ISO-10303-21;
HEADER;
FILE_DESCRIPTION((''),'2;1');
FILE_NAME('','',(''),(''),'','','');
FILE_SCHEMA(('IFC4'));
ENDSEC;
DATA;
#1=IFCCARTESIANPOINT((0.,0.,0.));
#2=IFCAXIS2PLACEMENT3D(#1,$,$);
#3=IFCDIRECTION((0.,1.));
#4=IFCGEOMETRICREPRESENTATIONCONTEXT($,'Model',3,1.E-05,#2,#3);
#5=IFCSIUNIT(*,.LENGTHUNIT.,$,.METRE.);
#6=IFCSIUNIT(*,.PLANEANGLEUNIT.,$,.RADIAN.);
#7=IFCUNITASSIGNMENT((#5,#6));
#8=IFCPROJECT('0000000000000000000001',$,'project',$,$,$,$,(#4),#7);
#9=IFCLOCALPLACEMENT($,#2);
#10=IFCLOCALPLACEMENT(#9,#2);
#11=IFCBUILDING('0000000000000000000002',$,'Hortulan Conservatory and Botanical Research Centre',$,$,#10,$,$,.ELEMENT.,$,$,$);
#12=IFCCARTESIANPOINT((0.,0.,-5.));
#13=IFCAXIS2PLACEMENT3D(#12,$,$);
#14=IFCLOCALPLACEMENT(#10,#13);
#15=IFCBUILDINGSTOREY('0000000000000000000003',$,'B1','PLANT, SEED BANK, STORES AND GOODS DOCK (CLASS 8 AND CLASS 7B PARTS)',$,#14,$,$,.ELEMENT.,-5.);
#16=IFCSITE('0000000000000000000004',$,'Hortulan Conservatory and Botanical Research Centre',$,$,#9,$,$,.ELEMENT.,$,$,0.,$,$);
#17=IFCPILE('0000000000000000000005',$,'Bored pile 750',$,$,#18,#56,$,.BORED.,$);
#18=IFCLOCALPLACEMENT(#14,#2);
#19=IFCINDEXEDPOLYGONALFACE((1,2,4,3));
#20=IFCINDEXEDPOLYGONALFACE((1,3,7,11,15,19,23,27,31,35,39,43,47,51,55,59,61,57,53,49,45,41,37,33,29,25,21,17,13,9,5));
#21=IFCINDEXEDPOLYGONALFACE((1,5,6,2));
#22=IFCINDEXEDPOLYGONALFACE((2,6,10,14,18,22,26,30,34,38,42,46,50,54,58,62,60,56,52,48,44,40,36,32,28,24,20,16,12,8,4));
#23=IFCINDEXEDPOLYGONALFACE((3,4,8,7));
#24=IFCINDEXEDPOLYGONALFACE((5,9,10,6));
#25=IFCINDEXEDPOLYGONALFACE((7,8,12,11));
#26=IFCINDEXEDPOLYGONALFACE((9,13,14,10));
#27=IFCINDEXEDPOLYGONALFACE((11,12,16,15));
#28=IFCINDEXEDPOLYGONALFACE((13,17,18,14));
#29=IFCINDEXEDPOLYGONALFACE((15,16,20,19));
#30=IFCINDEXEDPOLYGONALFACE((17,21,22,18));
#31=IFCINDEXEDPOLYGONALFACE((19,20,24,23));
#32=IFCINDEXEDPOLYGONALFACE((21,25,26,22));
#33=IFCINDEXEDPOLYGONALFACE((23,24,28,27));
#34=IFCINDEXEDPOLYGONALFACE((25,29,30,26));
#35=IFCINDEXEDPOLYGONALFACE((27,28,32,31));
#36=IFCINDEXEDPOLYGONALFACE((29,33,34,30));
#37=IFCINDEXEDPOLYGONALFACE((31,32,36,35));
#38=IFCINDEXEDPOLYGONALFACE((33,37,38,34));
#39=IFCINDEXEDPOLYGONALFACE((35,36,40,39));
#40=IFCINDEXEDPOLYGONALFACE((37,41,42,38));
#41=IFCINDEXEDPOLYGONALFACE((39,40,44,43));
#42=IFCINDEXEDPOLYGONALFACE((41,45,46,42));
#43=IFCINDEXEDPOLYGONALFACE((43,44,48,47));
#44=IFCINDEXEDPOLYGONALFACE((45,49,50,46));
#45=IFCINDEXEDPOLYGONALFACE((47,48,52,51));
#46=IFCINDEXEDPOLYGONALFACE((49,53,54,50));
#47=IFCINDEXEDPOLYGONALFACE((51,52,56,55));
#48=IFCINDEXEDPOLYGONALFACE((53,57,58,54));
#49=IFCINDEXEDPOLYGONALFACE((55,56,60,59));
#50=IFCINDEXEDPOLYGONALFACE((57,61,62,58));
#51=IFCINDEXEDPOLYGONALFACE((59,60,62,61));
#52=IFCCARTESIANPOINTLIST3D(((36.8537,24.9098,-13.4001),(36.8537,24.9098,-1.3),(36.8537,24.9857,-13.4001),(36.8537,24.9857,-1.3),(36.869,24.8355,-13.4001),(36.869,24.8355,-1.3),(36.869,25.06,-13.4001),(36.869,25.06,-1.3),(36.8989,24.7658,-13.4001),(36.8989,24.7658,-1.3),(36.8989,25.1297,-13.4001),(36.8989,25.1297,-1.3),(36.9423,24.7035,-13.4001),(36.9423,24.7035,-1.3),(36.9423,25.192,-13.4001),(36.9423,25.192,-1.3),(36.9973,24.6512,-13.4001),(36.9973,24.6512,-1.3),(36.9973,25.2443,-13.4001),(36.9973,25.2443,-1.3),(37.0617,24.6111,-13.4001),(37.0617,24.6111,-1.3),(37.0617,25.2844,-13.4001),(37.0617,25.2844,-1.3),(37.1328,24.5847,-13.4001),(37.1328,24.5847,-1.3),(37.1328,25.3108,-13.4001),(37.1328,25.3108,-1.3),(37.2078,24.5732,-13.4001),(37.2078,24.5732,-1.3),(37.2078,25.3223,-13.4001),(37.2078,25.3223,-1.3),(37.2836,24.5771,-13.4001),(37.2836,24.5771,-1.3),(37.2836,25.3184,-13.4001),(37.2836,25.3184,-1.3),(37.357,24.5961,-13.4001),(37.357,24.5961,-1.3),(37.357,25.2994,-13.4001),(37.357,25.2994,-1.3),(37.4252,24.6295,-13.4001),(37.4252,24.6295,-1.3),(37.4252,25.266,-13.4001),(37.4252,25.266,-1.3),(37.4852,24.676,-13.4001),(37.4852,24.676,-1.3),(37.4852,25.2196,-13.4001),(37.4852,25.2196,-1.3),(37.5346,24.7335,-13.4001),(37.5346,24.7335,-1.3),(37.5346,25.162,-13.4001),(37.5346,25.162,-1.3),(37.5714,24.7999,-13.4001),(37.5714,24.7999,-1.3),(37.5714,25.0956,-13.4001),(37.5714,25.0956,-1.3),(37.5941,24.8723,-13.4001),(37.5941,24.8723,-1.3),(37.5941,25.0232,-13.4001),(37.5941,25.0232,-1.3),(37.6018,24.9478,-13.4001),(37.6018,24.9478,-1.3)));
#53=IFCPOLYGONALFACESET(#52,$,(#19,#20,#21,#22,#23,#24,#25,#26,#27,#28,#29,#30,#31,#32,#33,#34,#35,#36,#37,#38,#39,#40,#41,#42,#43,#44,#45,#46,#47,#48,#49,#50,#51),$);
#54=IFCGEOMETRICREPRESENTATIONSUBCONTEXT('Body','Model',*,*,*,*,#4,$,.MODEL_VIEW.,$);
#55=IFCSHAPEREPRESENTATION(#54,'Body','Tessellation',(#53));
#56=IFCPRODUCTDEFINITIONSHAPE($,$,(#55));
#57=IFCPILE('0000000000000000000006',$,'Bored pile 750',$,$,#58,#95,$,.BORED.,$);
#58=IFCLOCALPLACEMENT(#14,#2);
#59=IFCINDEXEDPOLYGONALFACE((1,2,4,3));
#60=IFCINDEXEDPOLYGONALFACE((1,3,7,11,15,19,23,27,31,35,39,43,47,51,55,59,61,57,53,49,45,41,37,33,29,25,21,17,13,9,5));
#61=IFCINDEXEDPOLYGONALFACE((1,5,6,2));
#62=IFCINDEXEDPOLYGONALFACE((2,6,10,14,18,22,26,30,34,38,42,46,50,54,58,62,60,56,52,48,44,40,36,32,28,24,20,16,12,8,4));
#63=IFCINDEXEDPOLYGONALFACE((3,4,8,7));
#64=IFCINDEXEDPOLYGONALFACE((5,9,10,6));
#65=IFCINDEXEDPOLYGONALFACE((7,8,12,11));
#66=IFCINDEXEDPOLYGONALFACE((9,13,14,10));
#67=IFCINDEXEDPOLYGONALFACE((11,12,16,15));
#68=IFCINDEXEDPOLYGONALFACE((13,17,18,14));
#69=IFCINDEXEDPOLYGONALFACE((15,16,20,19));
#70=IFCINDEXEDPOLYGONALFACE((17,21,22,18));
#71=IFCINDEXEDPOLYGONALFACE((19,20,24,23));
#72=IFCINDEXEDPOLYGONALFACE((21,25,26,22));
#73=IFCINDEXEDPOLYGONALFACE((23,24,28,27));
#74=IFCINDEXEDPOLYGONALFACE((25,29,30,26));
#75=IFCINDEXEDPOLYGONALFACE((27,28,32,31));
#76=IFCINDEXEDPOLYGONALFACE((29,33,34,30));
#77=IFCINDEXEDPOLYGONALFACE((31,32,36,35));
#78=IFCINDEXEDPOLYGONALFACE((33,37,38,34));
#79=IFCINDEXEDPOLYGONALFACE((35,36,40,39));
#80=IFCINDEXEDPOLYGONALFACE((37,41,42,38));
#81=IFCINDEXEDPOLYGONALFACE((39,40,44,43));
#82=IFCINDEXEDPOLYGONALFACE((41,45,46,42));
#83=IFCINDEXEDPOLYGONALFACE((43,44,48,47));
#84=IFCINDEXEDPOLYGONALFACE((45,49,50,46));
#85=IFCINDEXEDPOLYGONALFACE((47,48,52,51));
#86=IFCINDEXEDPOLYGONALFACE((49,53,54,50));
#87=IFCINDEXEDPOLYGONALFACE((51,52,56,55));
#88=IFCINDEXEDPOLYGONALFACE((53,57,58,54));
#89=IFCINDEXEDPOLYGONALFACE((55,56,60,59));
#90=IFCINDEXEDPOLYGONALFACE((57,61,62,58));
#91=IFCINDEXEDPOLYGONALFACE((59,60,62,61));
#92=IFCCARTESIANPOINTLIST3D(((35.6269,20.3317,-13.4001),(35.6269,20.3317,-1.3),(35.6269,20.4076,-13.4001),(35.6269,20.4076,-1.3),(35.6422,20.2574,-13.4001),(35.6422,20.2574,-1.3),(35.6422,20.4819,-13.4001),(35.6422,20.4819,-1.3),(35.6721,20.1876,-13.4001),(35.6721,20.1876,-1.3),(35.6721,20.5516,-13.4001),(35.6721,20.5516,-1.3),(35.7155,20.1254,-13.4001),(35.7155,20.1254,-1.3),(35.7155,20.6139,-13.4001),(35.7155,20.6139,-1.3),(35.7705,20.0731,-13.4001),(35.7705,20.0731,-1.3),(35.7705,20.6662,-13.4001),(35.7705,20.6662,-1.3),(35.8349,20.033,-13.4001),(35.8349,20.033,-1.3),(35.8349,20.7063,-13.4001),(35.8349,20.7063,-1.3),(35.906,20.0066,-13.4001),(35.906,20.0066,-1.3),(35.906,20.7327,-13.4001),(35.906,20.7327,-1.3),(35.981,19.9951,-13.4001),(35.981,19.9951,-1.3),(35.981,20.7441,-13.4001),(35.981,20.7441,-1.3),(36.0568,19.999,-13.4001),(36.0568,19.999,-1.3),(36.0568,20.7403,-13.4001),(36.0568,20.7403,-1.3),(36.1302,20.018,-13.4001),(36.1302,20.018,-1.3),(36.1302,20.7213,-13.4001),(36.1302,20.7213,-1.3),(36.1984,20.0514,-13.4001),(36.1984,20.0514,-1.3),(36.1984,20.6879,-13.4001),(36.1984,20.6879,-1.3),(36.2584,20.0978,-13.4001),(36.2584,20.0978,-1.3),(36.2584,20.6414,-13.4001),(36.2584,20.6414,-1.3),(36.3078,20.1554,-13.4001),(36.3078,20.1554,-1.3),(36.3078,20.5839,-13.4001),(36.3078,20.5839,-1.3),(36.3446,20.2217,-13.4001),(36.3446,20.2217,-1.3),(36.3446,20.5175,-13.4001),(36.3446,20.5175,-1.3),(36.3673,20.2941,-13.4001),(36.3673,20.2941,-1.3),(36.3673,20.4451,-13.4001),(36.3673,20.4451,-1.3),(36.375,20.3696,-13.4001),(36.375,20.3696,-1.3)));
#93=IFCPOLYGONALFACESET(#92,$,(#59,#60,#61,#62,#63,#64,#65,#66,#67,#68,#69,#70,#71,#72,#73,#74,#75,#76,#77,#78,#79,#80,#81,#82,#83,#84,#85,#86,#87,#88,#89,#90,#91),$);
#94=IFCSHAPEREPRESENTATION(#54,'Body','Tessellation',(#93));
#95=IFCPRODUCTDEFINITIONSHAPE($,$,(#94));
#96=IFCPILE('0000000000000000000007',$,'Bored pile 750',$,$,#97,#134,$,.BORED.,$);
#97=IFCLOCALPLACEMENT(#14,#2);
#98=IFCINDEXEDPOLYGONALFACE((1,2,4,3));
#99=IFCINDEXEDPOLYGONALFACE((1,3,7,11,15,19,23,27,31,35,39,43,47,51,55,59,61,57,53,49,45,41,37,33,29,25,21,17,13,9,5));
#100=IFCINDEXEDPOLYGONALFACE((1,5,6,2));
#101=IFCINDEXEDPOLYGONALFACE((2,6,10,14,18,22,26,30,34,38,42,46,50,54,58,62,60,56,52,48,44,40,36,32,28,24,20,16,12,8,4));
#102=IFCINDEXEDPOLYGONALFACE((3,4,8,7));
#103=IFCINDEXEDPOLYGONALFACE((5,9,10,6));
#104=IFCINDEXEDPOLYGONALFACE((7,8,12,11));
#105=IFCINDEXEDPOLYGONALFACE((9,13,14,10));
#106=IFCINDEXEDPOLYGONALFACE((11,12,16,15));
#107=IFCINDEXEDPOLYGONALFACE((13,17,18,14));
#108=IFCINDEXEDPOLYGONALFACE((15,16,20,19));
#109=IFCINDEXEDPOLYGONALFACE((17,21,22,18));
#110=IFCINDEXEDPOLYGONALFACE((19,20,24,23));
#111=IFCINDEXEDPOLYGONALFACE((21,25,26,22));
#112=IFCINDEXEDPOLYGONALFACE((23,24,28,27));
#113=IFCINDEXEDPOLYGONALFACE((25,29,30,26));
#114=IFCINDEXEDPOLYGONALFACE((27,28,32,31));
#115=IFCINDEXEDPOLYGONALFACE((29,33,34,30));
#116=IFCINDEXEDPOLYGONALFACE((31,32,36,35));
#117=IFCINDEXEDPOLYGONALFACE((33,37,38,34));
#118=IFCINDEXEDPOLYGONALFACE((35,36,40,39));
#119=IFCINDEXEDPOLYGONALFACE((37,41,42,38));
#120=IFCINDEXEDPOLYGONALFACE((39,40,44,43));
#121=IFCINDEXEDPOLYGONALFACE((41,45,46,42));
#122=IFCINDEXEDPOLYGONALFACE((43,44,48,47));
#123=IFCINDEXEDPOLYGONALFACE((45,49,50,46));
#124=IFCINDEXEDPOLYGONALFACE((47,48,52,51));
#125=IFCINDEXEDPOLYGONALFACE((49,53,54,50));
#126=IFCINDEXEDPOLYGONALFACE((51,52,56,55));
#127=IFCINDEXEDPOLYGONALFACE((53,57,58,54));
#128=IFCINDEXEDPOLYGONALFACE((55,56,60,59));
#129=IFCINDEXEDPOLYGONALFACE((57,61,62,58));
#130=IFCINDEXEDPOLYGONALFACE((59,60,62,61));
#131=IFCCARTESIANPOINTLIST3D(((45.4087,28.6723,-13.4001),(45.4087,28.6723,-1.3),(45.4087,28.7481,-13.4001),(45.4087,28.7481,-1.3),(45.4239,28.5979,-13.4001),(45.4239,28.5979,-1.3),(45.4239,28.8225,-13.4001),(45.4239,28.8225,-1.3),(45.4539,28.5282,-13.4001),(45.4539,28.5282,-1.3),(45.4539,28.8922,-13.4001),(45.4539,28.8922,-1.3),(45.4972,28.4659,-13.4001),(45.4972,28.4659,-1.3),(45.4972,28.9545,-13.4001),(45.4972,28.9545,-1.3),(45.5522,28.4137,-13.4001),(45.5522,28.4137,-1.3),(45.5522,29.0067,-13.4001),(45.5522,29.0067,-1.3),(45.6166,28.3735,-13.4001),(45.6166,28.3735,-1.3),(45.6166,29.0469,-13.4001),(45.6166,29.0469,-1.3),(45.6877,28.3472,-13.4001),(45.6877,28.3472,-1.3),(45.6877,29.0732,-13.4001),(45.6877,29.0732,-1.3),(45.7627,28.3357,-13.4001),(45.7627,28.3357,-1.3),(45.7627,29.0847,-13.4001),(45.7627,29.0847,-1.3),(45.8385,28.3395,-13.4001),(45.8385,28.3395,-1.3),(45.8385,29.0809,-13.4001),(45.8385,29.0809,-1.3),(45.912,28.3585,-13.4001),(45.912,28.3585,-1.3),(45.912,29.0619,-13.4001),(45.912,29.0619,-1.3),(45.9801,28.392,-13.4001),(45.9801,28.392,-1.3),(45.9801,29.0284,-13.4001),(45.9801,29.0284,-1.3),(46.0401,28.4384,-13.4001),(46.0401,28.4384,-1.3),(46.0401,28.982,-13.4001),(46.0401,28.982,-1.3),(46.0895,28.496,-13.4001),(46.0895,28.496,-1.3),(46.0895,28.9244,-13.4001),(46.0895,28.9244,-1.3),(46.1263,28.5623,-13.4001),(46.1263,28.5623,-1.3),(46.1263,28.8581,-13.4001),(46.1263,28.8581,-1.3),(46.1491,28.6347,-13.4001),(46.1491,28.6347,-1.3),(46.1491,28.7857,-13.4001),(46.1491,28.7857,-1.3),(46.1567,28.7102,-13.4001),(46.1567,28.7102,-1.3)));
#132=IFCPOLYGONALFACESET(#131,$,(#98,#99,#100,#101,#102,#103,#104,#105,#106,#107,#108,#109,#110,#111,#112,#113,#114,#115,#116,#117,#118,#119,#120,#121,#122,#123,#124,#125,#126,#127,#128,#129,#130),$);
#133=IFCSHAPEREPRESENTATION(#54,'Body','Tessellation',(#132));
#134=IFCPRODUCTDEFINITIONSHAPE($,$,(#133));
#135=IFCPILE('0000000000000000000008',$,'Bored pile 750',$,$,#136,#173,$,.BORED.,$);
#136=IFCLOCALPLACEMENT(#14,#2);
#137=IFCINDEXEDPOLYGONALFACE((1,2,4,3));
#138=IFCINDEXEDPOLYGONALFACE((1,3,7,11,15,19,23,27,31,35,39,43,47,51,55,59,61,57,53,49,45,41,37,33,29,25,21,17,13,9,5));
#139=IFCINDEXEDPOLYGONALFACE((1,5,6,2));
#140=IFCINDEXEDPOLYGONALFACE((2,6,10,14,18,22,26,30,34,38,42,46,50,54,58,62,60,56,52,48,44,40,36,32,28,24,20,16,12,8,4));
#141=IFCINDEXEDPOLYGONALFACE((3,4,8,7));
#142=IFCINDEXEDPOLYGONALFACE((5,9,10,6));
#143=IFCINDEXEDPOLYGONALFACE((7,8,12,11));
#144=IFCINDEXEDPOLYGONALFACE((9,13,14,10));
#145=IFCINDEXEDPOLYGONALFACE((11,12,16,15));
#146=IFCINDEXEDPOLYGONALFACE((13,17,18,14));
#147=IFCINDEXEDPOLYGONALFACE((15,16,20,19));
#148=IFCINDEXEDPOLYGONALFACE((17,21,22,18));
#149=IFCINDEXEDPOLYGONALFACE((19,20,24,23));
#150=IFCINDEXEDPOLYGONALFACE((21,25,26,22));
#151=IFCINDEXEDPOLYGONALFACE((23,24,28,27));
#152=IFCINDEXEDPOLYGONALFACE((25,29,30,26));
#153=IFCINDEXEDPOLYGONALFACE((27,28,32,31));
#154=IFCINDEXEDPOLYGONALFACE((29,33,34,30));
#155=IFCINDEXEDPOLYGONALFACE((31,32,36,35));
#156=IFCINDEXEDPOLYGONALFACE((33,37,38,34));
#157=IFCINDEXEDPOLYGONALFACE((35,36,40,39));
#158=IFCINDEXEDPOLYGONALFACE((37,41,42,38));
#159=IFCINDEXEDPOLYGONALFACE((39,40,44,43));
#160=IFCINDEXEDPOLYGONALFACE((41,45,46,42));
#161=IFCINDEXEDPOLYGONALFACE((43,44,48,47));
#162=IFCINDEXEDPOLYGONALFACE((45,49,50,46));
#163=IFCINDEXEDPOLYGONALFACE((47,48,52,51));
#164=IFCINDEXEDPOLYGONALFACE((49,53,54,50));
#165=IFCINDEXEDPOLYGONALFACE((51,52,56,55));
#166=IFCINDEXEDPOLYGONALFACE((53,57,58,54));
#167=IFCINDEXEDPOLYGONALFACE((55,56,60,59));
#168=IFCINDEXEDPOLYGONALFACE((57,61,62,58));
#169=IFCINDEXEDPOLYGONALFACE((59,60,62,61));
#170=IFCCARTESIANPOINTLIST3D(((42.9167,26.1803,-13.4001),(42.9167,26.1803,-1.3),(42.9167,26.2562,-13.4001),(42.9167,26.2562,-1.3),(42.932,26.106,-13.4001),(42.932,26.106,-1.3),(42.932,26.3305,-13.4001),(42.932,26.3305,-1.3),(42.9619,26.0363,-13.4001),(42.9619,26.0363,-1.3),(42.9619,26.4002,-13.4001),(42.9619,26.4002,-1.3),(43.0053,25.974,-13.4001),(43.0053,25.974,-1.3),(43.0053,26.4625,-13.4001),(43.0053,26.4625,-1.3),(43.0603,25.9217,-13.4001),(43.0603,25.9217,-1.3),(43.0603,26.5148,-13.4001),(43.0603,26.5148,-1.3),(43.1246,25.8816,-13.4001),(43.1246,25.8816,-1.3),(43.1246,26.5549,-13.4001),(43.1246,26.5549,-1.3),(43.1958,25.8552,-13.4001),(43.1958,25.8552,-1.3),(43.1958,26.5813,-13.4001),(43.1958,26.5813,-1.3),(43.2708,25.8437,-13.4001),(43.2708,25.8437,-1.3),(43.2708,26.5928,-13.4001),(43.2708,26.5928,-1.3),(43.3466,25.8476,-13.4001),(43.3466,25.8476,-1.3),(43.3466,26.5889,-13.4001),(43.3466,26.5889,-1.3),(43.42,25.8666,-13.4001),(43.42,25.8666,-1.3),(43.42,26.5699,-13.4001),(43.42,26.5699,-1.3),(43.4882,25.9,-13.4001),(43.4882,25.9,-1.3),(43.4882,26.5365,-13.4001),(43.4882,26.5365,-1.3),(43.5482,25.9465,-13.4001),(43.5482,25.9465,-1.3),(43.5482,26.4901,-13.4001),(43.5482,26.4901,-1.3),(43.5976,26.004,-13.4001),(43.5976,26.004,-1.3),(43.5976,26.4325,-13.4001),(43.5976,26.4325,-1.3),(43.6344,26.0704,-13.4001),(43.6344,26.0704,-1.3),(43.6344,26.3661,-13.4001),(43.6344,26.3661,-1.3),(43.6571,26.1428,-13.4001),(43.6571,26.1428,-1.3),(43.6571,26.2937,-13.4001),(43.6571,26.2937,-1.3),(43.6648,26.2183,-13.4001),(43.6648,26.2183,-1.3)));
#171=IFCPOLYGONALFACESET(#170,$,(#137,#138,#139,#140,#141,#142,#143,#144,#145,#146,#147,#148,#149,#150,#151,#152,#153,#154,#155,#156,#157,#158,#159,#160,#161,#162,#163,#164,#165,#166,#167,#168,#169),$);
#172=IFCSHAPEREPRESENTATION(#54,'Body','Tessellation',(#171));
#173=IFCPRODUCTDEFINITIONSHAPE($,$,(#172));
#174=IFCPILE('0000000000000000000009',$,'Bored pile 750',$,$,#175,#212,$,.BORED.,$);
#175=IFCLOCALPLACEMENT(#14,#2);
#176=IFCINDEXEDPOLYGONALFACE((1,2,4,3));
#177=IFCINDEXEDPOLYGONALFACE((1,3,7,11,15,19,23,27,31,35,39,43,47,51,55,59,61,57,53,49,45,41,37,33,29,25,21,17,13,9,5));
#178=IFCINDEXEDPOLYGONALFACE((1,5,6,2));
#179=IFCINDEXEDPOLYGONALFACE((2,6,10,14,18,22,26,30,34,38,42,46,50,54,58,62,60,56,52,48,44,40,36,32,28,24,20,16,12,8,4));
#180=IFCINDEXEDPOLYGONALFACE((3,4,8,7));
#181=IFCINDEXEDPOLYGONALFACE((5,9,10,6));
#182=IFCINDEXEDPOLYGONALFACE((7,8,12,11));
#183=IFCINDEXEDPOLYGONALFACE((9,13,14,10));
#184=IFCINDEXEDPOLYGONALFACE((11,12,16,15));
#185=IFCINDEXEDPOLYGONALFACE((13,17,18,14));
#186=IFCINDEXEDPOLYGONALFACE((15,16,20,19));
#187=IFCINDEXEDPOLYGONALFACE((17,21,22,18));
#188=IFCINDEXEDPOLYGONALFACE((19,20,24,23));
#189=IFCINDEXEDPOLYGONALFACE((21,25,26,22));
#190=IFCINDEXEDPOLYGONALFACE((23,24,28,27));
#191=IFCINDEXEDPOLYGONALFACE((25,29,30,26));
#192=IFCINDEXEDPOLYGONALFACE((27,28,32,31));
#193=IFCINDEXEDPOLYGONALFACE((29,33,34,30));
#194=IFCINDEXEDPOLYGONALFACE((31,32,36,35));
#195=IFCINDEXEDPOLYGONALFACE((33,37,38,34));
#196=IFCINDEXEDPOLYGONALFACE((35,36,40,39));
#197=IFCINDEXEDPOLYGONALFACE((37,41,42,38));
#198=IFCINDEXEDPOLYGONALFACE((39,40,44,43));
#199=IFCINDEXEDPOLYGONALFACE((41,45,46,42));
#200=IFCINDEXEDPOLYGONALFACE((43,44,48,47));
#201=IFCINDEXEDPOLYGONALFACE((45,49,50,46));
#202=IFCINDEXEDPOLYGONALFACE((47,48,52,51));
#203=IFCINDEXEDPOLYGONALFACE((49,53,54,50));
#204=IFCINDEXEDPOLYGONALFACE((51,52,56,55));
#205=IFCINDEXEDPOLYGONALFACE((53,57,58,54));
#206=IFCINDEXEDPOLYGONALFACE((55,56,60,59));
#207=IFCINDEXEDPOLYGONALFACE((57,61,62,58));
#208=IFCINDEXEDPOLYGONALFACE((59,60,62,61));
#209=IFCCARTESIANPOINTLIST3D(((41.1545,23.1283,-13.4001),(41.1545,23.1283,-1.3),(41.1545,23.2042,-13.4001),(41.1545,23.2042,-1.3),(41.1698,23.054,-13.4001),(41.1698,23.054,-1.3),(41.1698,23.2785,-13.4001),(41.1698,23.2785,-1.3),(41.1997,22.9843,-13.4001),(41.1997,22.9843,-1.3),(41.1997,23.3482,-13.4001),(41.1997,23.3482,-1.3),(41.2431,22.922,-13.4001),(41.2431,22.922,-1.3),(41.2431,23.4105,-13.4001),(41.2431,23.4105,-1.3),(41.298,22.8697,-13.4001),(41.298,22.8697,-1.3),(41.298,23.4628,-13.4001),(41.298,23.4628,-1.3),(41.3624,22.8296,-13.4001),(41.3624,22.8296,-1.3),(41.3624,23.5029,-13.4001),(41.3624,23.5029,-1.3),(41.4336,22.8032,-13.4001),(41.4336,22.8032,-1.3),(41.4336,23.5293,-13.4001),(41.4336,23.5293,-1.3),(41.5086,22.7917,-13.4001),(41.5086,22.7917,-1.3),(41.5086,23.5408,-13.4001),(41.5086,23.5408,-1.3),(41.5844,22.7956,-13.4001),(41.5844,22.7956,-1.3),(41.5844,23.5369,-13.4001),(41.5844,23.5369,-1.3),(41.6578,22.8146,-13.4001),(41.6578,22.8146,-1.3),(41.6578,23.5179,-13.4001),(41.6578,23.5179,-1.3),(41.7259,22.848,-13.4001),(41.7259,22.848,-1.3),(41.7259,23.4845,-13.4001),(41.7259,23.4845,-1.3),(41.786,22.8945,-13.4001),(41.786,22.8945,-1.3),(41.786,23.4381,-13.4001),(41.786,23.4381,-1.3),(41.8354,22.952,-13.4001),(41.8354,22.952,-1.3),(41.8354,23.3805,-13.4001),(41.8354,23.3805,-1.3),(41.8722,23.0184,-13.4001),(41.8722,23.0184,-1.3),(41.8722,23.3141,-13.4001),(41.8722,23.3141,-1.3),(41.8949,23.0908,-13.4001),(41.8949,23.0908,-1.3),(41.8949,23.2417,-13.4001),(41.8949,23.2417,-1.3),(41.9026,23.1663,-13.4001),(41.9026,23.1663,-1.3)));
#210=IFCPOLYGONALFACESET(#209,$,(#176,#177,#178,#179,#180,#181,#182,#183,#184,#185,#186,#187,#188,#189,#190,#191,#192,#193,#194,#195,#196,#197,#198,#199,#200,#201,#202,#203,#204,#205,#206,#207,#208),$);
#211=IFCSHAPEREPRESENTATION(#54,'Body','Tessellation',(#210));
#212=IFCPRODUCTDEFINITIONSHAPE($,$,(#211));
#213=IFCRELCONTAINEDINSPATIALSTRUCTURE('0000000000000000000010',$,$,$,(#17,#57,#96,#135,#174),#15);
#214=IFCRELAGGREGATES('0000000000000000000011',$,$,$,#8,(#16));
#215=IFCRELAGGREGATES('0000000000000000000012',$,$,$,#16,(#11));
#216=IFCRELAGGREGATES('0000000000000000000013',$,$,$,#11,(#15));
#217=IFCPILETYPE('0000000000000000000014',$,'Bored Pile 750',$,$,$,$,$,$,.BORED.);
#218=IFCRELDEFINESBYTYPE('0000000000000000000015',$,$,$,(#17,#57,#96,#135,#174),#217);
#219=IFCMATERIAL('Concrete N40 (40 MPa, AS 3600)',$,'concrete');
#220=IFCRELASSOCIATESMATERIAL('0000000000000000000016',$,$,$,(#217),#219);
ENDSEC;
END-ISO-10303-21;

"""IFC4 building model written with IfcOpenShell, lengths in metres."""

from ifc_helpers import new_model, si_unit, direction, frame, origin, origin_2d, place, context, subcontext, project, spatial, circle, extrude, material, material_profile, profile_set, type_object, element, save


model = new_model("IFC4")

# Units and contexts
model_context = context("Model", 3, precision=1e-05, world=origin(), true_north=direction((0.0, 1.0)))
body_context = subcontext(model_context, "Body", "Model", "MODEL_VIEW")
ifc_project = project(units=[si_unit("LENGTHUNIT", "METRE"), si_unit("PLANEANGLEUNIT", "RADIAN")], contexts=[model_context])

# Site, building, storey
site_placement = place(None, origin())
site = spatial("IfcSite", under=ifc_project, at=site_placement, Name="Hortulan Conservatory and Botanical Research Centre", CompositionType="ELEMENT", RefElevation=0.0)
building_placement = place(site_placement, origin())
building = spatial("IfcBuilding", under=site, at=building_placement, Name="Hortulan Conservatory and Botanical Research Centre", CompositionType="ELEMENT")
storey_placement = place(building_placement, frame((0.0, 0.0, -5.0)))
storey = spatial("IfcBuildingStorey", under=building, at=storey_placement, Name="B1", Description="PLANT, SEED BANK, STORES AND GOODS DOCK (CLASS 8 AND CLASS 7B PARTS)", CompositionType="ELEMENT", Elevation=-5.0)

# Piles
ifc_material_1 = material(Name="Concrete N40 (40 MPa, AS 3600)", Category="concrete")
ifc_material_profile_1 = material_profile(ifc_material_1, circle(Radius=0.375, at=origin_2d()), Name="Bored pile 750 diameter")
ifc_profile_set_1 = profile_set([ifc_material_profile_1], Name="Concrete N40 (40 MPa, AS 3600)")
pile_type = type_object("IfcPileType", Name="Bored Pile 750", PredefinedType="BORED", material=ifc_profile_set_1)
for number, where, z_axis, x_axis, name in (
    (1, (37.2268, 24.9478, -1.3), (0.0, 0.0, -1.0), (1.0, 0.0, 0.0), "Bored pile 750"),
    (2, (36.0, 20.3696, -1.3), (0.0, 0.0, -1.0), (1.0, 0.0, 0.0), "Bored pile 750"),
    (3, (45.7817, 28.7102, -1.3), (0.0, 0.0, -1.0), (1.0, 0.0, 0.0), "Bored pile 750"),
    (4, (43.2898, 26.2183, -1.3), (0.0, 0.0, -1.0), (1.0, 0.0, 0.0), "Bored pile 750"),
    (5, (41.5276, 23.1663, -1.3), (0.0, 0.0, -1.0), (1.0, 0.0, 0.0), "Bored pile 750"),
):
    element("IfcPile", number, at=place(storey_placement, frame(where, z_axis=z_axis, x_axis=x_axis)), inside=storey, type_object=pile_type, Name=name, PredefinedType="BORED", context=body_context, shape_type="SweptSolid", body=[
        extrude(circle(Radius=0.375, at=origin_2d()), origin(), (0.0, 0.0, 1.0), 12.1001),
    ])

save(model, "model.ifc")
